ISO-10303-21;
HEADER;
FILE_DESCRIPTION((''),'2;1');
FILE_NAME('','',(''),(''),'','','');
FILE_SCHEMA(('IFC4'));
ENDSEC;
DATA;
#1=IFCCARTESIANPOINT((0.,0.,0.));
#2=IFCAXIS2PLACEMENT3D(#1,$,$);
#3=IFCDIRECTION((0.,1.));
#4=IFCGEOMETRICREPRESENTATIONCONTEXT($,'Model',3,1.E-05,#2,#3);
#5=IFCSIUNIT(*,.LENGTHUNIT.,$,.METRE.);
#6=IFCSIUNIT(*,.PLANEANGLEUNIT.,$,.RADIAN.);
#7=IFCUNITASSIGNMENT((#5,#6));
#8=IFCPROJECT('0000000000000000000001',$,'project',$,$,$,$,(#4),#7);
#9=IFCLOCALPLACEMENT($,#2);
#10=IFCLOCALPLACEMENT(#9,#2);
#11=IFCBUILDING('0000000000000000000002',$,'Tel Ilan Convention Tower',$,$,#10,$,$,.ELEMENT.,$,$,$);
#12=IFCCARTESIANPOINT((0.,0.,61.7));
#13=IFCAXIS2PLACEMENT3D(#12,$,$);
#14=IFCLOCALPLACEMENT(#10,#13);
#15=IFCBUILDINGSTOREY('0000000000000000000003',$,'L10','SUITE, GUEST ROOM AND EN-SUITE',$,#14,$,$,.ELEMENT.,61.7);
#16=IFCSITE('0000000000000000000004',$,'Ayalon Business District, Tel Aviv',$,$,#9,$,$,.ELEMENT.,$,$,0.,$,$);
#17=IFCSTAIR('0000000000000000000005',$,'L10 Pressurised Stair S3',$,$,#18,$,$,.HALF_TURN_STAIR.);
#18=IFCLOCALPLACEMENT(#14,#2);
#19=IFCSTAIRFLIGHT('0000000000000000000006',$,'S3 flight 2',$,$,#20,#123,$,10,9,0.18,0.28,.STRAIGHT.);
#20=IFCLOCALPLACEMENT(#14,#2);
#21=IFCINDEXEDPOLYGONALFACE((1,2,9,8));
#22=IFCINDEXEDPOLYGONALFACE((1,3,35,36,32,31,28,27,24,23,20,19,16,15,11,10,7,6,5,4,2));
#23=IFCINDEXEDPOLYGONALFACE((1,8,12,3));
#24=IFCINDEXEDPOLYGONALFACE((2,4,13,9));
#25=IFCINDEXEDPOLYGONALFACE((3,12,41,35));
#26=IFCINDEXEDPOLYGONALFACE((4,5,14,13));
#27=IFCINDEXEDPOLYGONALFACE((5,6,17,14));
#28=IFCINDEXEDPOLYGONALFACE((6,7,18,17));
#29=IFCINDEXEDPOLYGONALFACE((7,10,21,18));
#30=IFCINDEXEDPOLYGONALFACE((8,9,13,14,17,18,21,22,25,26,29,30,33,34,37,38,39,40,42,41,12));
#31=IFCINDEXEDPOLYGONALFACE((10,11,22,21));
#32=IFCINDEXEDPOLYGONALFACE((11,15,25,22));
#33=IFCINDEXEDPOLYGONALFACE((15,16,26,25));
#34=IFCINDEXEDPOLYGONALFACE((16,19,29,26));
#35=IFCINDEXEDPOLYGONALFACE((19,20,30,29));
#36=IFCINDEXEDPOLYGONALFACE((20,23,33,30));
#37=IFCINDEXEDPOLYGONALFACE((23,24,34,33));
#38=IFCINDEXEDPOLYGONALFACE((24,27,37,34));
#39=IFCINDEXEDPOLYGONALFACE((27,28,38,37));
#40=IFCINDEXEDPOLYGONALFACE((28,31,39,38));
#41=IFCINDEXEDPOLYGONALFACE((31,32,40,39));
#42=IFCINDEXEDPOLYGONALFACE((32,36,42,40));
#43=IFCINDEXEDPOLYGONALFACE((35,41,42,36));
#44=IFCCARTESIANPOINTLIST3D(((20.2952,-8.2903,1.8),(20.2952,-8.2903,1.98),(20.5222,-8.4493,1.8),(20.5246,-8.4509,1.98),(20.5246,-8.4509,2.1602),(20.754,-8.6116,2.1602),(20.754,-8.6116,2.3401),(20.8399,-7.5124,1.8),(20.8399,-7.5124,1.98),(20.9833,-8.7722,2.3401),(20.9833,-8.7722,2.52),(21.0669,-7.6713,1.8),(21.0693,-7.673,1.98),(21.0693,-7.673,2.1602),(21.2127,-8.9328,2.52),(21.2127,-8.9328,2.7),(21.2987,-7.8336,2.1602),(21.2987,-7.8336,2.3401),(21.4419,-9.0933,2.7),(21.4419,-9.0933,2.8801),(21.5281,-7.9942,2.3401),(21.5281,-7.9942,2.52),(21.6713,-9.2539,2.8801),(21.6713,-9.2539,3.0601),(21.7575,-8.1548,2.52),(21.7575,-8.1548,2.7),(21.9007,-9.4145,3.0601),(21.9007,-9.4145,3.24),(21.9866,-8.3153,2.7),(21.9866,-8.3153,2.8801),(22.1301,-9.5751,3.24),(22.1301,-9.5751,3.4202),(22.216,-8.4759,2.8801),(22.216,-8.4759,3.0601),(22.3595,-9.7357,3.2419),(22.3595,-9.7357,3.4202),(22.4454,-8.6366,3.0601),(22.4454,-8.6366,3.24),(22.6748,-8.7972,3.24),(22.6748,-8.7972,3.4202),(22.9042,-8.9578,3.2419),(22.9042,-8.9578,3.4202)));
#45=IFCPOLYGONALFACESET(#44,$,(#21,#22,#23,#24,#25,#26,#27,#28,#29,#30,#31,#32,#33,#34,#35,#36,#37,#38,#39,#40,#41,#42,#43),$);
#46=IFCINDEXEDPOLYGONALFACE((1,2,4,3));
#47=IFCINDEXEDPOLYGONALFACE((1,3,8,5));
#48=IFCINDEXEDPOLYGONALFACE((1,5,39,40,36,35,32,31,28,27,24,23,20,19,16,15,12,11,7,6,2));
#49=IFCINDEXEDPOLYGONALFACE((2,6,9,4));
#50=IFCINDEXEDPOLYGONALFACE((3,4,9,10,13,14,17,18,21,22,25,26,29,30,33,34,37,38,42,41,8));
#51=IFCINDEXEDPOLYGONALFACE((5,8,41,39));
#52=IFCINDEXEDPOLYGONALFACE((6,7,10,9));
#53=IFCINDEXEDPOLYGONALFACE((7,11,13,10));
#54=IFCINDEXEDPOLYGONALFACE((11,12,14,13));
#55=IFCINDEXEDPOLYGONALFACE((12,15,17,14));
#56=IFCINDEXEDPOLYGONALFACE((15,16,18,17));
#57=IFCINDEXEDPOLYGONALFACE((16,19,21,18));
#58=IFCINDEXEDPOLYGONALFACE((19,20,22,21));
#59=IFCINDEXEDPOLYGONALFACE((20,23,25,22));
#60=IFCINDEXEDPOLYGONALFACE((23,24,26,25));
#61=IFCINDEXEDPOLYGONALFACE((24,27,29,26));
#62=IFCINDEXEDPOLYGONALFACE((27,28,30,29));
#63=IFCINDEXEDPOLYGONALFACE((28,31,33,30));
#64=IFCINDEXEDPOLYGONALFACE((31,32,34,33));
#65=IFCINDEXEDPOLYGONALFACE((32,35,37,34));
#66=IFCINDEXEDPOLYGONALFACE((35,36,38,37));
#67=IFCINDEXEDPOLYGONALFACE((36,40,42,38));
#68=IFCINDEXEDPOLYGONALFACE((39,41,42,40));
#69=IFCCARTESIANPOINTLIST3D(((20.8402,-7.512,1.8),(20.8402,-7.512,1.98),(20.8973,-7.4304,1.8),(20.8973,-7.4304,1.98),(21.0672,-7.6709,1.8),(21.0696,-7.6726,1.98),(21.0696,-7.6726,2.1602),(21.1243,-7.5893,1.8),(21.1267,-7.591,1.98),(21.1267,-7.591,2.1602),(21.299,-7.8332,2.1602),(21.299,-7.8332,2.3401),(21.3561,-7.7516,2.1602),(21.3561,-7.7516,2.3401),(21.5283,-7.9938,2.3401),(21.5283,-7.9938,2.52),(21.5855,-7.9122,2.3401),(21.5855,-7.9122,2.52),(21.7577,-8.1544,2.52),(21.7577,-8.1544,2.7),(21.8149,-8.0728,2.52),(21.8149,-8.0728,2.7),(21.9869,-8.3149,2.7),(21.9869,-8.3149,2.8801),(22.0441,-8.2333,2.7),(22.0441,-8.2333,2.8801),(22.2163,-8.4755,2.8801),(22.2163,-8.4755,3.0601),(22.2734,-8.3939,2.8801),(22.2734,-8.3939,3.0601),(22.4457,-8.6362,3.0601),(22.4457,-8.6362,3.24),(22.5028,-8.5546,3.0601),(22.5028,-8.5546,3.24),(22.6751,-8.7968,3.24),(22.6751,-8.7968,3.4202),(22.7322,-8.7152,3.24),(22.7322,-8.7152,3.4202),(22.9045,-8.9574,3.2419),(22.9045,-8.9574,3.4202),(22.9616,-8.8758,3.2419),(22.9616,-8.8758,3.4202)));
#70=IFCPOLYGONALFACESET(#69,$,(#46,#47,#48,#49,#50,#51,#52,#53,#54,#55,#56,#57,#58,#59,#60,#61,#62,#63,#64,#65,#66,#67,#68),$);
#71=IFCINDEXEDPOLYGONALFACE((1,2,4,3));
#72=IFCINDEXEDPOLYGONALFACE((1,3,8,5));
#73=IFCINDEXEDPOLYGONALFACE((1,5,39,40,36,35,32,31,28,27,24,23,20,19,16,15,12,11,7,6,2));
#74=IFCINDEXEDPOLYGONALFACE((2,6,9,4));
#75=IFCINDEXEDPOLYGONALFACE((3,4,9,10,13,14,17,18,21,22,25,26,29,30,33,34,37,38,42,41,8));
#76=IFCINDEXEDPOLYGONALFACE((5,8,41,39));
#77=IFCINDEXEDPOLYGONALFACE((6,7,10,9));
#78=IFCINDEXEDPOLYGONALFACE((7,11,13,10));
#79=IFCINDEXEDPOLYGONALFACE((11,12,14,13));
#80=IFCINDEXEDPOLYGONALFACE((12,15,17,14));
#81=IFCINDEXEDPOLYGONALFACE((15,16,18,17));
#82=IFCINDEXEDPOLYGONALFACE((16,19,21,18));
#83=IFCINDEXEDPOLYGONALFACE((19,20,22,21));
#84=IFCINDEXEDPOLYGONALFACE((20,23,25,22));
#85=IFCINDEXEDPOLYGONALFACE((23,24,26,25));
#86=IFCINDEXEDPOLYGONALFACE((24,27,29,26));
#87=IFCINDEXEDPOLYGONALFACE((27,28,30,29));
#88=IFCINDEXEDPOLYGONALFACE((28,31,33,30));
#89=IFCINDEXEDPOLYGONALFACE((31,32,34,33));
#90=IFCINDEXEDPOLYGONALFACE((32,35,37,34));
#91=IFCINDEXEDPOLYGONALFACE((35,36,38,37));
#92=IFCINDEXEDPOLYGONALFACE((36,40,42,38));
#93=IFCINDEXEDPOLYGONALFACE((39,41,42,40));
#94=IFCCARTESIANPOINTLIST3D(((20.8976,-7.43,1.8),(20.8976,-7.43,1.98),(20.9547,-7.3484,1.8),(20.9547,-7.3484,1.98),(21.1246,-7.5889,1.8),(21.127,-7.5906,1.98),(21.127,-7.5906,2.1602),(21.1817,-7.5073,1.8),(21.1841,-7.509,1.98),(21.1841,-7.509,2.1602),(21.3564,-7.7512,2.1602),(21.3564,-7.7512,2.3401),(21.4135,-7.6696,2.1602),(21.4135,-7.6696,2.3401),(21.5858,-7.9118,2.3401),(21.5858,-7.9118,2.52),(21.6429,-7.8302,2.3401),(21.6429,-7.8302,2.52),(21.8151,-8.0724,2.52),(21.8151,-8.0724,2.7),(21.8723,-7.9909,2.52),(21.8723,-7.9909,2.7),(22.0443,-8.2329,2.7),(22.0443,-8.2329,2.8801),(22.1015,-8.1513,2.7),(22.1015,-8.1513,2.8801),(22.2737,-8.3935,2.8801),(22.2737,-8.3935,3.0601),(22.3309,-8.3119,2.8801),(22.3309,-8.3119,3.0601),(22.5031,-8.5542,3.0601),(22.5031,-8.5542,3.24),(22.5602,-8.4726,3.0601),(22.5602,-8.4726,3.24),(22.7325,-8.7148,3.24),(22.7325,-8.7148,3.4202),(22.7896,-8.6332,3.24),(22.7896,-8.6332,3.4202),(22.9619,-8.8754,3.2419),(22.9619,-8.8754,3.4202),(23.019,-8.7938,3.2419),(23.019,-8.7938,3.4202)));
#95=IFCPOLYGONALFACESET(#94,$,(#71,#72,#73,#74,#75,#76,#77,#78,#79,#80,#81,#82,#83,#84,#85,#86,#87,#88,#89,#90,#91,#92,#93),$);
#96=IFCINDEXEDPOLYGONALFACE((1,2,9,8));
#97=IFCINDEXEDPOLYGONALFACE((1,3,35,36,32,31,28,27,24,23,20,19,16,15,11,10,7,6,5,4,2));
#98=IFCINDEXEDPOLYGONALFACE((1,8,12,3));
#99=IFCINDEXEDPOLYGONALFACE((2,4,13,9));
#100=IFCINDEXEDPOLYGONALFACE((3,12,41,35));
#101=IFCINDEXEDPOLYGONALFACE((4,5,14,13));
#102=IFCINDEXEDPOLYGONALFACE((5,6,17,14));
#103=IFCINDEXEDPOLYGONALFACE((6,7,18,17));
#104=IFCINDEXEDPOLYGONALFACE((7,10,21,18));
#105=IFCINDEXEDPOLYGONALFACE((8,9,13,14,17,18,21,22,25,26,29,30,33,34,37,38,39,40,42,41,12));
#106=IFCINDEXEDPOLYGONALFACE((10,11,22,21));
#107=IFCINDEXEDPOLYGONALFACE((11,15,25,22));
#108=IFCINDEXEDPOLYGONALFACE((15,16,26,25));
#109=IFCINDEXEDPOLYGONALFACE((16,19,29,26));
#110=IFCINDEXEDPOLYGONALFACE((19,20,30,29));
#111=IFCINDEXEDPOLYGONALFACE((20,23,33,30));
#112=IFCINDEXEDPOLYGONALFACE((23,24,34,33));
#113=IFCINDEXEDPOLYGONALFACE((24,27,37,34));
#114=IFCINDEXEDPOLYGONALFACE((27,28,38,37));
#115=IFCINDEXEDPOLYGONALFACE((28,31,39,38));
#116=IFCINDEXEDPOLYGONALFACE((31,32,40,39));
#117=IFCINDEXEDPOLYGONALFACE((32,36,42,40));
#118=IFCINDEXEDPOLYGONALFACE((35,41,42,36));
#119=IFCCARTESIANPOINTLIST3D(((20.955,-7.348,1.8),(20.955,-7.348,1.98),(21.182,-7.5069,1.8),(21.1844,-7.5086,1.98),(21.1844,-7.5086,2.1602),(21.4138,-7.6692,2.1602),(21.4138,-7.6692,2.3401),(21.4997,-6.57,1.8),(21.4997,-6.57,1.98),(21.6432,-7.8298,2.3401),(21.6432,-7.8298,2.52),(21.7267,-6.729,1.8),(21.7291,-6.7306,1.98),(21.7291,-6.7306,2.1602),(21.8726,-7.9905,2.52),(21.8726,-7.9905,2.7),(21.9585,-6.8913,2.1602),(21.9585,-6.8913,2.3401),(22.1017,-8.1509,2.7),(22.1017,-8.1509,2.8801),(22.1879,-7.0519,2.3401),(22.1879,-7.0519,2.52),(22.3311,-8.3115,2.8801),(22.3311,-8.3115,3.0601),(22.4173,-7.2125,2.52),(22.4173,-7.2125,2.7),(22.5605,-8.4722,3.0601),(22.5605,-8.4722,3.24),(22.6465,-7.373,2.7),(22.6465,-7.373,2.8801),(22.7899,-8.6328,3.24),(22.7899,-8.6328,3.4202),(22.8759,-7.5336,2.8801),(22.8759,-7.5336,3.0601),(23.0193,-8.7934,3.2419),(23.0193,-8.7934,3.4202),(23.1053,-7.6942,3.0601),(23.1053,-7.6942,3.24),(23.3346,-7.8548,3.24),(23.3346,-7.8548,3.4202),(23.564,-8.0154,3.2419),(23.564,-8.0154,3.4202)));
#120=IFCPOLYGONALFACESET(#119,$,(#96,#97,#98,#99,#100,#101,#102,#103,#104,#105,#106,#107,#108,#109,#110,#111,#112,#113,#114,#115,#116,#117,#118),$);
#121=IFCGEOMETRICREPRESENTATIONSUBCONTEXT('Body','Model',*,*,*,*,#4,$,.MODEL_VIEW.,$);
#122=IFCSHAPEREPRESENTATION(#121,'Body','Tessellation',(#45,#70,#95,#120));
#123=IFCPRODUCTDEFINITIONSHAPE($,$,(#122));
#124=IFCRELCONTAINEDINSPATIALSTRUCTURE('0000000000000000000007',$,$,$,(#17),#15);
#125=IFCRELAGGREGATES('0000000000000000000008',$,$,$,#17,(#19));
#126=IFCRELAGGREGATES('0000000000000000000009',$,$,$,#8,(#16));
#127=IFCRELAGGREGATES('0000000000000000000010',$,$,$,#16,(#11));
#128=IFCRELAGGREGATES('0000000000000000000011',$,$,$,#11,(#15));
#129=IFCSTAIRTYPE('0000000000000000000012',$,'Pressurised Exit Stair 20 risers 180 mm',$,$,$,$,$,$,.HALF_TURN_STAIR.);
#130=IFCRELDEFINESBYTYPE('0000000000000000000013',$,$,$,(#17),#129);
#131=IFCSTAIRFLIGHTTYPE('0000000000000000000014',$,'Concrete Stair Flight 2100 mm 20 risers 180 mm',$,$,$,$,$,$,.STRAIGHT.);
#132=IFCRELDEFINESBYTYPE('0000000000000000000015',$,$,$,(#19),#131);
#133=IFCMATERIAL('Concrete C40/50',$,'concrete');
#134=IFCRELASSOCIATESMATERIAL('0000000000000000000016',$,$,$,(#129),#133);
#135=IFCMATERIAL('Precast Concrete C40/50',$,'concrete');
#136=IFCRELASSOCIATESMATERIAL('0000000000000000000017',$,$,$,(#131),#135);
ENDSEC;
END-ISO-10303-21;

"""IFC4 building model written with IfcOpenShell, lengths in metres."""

from ifc_helpers import new_model, si_unit, direction, frame, origin, place, context, subcontext, project, spatial, polyline, outline, extrude, material, type_object, element, aggregate, save


model = new_model("IFC4")

# Units and contexts
model_context = context("Model", 3, precision=1e-05, world=origin(), true_north=direction((0.0, 1.0)))
body_context = subcontext(model_context, "Body", "Model", "MODEL_VIEW")
ifc_project = project(units=[si_unit("LENGTHUNIT", "METRE"), si_unit("PLANEANGLEUNIT", "RADIAN")], contexts=[model_context])

# Site, building, storey
site_placement = place(None, origin())
site = spatial("IfcSite", under=ifc_project, at=site_placement, Name="Ayalon Business District, Tel Aviv", CompositionType="ELEMENT", RefElevation=0.0)
building_placement = place(site_placement, origin())
building = spatial("IfcBuilding", under=site, at=building_placement, Name="Tel Ilan Convention Tower", CompositionType="ELEMENT")
storey_placement = place(building_placement, frame((0.0, 0.0, 61.7)))
storey = spatial("IfcBuildingStorey", under=building, at=storey_placement, Name="L10", Description="SUITE, GUEST ROOM AND EN-SUITE", CompositionType="ELEMENT", Elevation=61.7)

# Stair, stair flight
ifc_material_1 = material(Name="Concrete C40/50", Category="concrete")
stair_type = type_object("IfcStairType", Name="Pressurised Exit Stair 20 risers 180 mm", PredefinedType="HALF_TURN_STAIR", material=ifc_material_1)
stair_1_placement = place(storey_placement, origin())
stair_1 = element("IfcStair", 1, at=stair_1_placement, inside=storey, type_object=stair_type, Name="L10 Pressurised Stair S3", PredefinedType="HALF_TURN_STAIR")
ifc_material_2 = material(Name="Precast Concrete C40/50", Category="concrete")
stair_flight_type = type_object("IfcStairFlightType", Name="Concrete Stair Flight 2100 mm 20 risers 180 mm", PredefinedType="STRAIGHT", material=ifc_material_2)
stair_flight_1_placement = place(storey_placement, frame((20.8975, -7.4302, 1.8), z_axis=(0.0, 0.0, 1.0), x_axis=(0.819152, -0.573576, 0.0)))
stair_flight_1 = element("IfcStairFlight", 2, at=stair_flight_1_placement, type_object=stair_flight_type, Name="S3 flight 2", NumberOfRisers=10, NumberOfTreads=9, PredefinedType="STRAIGHT", RiserHeight=0.18, TreadLength=0.28, context=body_context, shape_type="SweptSolid", body=[
    extrude(outline(polyline([(0.0, 0.0), (0.0, 0.1799), (0.28, 0.1799), (0.28, 0.3601), (0.5601, 0.3601), (0.5601, 0.54), (0.8401, 0.54), (0.8401, 0.72), (1.1201, 0.72), (1.1201, 0.8999), (1.3999, 0.8999), (1.3999, 1.0801), (1.6799, 1.0801), (1.6799, 1.26), (1.96, 1.26), (1.96, 1.4399), (2.24, 1.4399), (2.24, 1.6201), (2.52, 1.6201), (2.52, 1.8), (2.52, 1.4419), (0.2771, 0.0), (0.0, 0.0)])), frame((0.0, -0.1003, 0.0), z_axis=(0.0, -1.0, 0.0), x_axis=(1.0, 0.0, 0.0)), (0.0, 0.0, 1.0), 0.9497),
    extrude(outline(polyline([(0.0, 0.0), (0.0, 0.1799), (0.28, 0.1799), (0.28, 0.3601), (0.5601, 0.3601), (0.5601, 0.54), (0.8401, 0.54), (0.8401, 0.72), (1.1201, 0.72), (1.1201, 0.8999), (1.3999, 0.8999), (1.3999, 1.0801), (1.6799, 1.0801), (1.6799, 1.26), (1.96, 1.26), (1.96, 1.4399), (2.24, 1.4399), (2.24, 1.6201), (2.52, 1.6201), (2.52, 1.8), (2.52, 1.4419), (0.2771, 0.0), (0.0, 0.0)])), frame((0.0, -0.0002, 0.0), z_axis=(0.0, -1.0, 0.0), x_axis=(1.0, 0.0, 0.0)), (0.0, 0.0, 1.0), 0.0996),
    extrude(outline(polyline([(0.0, 0.0), (0.0, 0.1799), (0.28, 0.1799), (0.28, 0.3601), (0.5601, 0.3601), (0.5601, 0.54), (0.8401, 0.54), (0.8401, 0.72), (1.1201, 0.72), (1.1201, 0.8999), (1.3999, 0.8999), (1.3999, 1.0801), (1.6799, 1.0801), (1.6799, 1.26), (1.96, 1.26), (1.96, 1.4399), (2.24, 1.4399), (2.24, 1.6201), (2.52, 1.6201), (2.52, 1.8), (2.52, 1.4419), (0.2771, 0.0), (0.0, 0.0)])), frame((0.0, 0.0999, 0.0), z_axis=(0.0, -1.0, 0.0), x_axis=(1.0, 0.0, 0.0)), (0.0, 0.0, 1.0), 0.0996),
    extrude(outline(polyline([(0.0, 0.0), (0.0, 0.1799), (0.28, 0.1799), (0.28, 0.3601), (0.5601, 0.3601), (0.5601, 0.54), (0.8401, 0.54), (0.8401, 0.72), (1.1201, 0.72), (1.1201, 0.8999), (1.3999, 0.8999), (1.3999, 1.0801), (1.6799, 1.0801), (1.6799, 1.26), (1.96, 1.26), (1.96, 1.4399), (2.24, 1.4399), (2.24, 1.6201), (2.52, 1.6201), (2.52, 1.8), (2.52, 1.4419), (0.2771, 0.0), (0.0, 0.0)])), frame((0.0, 1.05, 0.0), z_axis=(0.0, -1.0, 0.0), x_axis=(1.0, 0.0, 0.0)), (0.0, 0.0, 1.0), 0.9497),
])
aggregate(stair_1, [stair_flight_1])

save(model, "model.ifc")
